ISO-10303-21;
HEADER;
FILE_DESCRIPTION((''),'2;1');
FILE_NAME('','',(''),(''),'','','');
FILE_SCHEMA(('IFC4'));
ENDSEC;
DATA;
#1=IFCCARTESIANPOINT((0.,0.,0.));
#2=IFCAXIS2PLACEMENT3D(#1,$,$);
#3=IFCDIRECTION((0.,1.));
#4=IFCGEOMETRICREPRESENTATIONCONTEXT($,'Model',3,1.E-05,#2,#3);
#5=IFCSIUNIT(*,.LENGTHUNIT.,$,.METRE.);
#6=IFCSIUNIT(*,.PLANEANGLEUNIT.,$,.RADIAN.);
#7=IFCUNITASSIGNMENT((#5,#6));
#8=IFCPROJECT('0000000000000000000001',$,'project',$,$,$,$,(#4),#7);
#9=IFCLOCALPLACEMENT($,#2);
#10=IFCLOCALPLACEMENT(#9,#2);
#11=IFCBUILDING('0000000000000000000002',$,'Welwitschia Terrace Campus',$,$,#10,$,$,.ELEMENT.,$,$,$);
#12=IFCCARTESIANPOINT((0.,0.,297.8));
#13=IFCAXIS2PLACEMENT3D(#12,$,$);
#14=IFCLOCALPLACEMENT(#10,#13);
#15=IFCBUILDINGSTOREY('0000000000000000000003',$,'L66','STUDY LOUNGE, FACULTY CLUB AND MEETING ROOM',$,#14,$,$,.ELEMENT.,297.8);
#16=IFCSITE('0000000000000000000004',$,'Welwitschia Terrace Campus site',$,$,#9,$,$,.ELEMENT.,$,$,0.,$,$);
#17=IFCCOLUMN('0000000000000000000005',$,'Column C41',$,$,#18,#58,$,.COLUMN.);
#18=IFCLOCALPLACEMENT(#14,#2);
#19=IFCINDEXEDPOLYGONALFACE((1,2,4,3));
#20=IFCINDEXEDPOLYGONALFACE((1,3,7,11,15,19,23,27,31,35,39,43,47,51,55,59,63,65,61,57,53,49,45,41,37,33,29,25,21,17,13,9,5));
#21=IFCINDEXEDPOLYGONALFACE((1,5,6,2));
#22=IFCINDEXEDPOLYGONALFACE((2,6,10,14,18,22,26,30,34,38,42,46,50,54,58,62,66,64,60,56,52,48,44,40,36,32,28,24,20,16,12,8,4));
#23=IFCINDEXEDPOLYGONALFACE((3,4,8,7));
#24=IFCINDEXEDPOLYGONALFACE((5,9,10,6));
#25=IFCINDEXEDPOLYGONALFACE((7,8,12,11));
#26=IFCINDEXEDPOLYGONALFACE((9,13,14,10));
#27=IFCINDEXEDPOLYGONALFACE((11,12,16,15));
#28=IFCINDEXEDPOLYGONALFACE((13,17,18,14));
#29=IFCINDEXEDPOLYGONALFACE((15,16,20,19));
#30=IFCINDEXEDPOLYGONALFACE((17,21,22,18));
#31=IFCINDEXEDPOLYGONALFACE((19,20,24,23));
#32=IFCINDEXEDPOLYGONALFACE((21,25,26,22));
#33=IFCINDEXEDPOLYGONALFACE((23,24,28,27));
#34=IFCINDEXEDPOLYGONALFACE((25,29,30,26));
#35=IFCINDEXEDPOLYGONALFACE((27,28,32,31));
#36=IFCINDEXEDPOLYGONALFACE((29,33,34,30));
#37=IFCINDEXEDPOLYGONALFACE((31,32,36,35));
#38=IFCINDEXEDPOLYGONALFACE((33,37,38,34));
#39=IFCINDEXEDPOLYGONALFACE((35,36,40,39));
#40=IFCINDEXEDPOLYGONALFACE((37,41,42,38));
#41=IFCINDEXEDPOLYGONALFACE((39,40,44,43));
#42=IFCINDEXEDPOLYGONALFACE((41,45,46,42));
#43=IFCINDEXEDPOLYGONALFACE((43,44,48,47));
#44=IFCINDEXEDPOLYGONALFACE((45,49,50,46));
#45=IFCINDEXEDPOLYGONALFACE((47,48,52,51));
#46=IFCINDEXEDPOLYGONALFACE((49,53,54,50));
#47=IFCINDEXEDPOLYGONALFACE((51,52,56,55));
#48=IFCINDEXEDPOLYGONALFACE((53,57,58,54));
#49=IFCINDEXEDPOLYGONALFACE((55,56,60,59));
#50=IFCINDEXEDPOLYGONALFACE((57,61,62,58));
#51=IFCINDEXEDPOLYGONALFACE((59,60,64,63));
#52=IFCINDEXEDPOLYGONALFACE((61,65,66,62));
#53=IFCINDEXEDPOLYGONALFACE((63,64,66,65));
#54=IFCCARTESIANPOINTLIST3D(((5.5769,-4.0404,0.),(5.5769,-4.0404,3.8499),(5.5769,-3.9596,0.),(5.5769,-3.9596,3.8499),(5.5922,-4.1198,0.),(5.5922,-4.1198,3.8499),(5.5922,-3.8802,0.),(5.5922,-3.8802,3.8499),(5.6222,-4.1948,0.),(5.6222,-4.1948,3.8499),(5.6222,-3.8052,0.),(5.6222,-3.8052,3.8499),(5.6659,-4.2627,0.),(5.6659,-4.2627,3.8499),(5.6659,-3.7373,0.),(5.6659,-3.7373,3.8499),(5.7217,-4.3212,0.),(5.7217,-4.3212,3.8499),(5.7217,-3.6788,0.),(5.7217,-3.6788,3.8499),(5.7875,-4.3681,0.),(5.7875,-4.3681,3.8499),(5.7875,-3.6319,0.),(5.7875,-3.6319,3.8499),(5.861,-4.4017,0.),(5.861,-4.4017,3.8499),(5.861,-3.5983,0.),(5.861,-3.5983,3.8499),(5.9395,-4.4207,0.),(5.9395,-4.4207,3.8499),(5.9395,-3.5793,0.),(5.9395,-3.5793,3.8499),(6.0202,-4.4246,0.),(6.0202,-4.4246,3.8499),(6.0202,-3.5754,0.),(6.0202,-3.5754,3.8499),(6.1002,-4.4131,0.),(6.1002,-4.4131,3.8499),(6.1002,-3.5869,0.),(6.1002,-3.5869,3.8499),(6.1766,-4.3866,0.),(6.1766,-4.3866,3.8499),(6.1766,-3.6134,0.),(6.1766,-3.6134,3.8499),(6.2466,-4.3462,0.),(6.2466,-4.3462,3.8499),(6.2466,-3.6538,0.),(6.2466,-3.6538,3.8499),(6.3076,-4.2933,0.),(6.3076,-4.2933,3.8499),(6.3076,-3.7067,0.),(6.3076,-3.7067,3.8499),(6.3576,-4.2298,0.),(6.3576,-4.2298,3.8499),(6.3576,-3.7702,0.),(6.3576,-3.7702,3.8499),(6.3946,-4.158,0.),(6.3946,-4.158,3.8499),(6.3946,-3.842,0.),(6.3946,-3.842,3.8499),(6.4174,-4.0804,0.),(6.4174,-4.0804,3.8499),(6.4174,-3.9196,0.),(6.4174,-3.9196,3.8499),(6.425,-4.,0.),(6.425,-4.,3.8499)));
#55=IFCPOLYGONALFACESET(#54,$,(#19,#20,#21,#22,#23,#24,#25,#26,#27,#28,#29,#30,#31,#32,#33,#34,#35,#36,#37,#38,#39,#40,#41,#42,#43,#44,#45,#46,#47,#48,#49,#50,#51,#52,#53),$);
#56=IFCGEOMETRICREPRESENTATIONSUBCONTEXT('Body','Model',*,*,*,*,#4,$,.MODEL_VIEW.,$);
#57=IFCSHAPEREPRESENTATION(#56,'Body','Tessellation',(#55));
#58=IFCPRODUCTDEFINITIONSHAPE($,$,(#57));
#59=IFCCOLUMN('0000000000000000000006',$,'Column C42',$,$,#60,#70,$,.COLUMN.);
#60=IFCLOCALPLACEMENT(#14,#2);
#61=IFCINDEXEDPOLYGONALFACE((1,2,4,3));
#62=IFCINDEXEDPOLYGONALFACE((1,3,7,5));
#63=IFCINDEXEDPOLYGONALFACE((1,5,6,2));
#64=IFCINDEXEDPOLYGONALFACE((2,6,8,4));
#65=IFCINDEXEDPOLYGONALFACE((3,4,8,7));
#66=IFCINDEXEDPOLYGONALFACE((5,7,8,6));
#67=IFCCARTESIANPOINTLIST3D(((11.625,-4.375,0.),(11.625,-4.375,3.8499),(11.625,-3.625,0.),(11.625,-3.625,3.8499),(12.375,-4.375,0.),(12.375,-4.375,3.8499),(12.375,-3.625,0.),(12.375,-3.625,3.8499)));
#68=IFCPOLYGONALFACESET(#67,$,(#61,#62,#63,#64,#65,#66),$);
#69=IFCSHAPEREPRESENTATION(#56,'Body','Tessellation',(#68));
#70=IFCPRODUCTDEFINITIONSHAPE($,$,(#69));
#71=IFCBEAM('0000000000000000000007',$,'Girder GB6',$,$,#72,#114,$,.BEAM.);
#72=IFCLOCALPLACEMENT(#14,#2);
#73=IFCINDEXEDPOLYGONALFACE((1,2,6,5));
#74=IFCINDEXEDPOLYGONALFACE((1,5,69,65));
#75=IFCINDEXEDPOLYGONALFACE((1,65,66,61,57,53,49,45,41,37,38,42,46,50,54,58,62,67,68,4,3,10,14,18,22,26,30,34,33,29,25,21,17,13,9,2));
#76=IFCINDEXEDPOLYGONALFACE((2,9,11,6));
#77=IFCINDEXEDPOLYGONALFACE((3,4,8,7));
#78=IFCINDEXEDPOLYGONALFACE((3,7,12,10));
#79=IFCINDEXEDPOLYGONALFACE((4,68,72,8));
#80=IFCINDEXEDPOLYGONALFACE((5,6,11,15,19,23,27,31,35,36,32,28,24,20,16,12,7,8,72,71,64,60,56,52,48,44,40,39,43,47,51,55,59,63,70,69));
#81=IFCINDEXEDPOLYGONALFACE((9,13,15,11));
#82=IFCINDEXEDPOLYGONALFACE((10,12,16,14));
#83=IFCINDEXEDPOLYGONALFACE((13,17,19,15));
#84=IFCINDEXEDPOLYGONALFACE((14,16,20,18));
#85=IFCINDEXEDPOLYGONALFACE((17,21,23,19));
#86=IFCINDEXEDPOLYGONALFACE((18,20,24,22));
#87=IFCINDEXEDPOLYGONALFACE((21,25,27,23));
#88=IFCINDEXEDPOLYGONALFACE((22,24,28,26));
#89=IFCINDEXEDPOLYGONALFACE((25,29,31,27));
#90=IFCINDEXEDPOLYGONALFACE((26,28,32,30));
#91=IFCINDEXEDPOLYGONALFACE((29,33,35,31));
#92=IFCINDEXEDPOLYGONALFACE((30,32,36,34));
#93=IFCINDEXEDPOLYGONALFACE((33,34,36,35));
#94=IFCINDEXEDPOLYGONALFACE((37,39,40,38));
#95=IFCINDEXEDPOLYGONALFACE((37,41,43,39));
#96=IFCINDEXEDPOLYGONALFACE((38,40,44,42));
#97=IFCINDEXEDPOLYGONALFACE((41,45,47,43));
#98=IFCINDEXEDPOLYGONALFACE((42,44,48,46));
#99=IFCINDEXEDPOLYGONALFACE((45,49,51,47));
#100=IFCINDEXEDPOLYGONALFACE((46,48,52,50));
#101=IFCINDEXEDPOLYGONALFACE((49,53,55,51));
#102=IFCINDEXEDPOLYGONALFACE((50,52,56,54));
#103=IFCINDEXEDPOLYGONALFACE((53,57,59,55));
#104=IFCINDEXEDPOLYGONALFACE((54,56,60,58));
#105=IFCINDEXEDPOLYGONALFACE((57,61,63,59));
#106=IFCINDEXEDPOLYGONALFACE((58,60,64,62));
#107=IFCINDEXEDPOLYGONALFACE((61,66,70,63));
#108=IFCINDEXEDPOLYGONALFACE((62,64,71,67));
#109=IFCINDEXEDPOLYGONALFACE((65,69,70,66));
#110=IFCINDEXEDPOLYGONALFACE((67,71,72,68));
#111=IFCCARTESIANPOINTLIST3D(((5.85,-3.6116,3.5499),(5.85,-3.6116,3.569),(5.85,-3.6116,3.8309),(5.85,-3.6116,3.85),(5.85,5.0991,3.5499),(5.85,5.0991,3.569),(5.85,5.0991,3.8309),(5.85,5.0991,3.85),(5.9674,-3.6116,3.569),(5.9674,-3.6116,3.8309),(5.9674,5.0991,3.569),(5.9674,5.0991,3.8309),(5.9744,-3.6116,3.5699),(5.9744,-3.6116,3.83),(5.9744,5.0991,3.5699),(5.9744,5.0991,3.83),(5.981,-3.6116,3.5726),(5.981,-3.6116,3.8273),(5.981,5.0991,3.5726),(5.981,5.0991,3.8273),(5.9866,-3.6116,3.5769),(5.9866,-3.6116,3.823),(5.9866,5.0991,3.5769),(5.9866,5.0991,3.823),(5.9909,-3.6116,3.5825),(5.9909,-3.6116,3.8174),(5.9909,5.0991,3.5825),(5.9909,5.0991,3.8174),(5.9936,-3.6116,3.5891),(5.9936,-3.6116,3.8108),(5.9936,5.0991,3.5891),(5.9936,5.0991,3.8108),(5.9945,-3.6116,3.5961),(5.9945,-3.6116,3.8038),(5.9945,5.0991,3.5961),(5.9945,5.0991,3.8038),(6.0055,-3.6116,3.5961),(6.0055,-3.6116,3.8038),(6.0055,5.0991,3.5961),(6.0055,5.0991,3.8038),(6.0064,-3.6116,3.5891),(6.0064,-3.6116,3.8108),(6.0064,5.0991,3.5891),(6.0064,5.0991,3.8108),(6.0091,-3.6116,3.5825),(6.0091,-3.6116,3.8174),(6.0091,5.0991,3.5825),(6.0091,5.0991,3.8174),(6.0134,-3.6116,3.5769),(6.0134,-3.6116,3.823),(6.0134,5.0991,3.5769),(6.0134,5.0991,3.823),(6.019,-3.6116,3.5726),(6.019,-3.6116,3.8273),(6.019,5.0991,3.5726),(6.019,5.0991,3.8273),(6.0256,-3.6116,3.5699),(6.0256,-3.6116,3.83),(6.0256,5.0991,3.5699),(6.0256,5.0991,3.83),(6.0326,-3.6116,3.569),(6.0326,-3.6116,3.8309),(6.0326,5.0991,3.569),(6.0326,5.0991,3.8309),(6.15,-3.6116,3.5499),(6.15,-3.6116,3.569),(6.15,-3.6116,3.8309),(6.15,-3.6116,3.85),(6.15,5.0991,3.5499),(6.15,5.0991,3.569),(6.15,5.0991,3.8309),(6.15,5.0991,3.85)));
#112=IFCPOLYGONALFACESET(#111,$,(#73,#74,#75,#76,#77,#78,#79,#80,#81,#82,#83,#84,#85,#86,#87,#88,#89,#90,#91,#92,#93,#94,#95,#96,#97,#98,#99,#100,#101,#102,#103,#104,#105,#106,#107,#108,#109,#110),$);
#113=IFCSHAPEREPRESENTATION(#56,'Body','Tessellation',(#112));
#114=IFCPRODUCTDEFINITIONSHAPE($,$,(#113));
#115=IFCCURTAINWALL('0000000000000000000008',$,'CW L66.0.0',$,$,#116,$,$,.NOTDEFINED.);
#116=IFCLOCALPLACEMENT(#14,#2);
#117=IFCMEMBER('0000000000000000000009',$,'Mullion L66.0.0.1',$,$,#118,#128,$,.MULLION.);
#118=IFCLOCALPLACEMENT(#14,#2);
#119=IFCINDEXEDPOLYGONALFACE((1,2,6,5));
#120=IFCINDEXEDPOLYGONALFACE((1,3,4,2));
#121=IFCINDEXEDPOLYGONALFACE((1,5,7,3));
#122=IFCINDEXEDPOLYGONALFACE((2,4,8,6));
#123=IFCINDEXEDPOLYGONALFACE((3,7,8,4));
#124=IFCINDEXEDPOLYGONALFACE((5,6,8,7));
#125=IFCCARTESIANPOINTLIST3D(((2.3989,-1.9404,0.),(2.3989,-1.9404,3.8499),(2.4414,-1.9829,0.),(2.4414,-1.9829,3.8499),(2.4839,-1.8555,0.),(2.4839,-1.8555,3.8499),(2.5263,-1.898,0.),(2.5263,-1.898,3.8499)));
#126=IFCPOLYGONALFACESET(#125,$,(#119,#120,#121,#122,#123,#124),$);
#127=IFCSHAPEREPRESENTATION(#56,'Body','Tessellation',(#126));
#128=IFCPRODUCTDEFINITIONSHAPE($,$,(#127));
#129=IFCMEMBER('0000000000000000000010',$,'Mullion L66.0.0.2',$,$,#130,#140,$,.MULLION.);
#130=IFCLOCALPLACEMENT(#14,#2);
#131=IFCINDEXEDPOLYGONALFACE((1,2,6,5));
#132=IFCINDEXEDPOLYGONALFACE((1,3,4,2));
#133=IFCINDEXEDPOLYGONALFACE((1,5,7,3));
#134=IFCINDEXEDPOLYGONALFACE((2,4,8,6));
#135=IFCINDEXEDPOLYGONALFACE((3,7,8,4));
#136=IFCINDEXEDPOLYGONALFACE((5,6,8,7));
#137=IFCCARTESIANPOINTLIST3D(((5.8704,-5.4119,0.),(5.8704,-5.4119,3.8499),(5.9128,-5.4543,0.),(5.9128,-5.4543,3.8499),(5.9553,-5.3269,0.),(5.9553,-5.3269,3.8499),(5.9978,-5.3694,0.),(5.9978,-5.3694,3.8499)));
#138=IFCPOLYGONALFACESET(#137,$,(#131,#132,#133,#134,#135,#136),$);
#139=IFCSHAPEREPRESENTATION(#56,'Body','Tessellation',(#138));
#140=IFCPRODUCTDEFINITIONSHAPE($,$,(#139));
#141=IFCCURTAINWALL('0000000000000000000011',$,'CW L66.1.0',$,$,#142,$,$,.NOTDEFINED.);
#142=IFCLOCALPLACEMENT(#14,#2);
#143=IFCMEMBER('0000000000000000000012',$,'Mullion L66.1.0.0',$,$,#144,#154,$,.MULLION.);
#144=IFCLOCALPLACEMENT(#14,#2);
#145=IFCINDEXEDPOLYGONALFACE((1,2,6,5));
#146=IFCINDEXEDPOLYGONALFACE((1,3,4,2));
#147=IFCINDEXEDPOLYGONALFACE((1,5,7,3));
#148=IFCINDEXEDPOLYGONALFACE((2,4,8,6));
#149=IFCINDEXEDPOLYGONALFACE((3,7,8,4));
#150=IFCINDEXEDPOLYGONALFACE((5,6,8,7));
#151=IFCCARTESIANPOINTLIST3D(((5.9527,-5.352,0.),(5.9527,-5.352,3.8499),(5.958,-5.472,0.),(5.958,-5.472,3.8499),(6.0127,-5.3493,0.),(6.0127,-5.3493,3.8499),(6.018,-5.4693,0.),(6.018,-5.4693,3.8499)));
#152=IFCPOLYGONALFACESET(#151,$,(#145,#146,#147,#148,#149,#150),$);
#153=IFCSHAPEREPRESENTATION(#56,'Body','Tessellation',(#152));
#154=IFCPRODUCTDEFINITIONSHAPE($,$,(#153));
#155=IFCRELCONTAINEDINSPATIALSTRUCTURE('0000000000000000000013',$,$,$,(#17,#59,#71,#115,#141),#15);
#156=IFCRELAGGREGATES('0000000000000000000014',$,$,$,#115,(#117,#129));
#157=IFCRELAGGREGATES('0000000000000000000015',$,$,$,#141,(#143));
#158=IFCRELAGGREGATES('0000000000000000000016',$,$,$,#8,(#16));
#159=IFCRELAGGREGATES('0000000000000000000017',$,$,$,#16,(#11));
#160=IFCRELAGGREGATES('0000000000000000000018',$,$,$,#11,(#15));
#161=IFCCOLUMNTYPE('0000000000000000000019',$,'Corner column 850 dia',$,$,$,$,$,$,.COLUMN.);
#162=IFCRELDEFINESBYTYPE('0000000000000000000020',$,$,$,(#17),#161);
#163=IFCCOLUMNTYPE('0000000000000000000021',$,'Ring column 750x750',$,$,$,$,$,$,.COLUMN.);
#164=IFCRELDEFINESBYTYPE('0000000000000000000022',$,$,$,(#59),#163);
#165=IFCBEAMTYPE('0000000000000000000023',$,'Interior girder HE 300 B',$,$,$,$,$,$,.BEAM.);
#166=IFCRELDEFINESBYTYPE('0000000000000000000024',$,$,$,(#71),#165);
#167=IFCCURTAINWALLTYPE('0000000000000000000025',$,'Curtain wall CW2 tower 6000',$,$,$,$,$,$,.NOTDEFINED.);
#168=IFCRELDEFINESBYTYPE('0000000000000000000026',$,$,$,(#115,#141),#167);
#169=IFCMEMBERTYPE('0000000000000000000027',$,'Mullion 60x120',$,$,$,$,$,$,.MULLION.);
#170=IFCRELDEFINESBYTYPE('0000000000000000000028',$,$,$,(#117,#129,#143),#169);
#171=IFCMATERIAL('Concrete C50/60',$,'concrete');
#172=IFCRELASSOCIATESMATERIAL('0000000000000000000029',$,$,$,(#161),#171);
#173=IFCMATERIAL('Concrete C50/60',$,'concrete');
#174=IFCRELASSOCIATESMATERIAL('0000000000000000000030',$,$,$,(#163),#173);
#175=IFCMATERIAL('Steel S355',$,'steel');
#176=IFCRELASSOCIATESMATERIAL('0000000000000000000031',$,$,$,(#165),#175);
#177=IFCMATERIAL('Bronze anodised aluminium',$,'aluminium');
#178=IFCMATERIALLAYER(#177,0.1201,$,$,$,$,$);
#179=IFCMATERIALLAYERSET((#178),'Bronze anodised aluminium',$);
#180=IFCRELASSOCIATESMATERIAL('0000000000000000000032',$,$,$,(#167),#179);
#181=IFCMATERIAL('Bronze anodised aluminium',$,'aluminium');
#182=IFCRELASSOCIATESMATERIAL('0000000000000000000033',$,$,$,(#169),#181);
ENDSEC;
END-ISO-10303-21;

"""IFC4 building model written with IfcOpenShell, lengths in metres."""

from ifc_helpers import new_model, si_unit, direction, frame, origin, origin_2d, place, context, subcontext, project, spatial, rectangle, circle, i_section, extrude, material, layer, layer_set, material_profile, profile_set, type_object, element, aggregate, save


model = new_model("IFC4")

# Units and contexts
model_context = context("Model", 3, precision=1e-05, world=origin(), true_north=direction((0.0, 1.0)))
body_context = subcontext(model_context, "Body", "Model", "MODEL_VIEW")
ifc_project = project(units=[si_unit("LENGTHUNIT", "METRE"), si_unit("PLANEANGLEUNIT", "RADIAN")], contexts=[model_context])

# Site, building, storey
site_placement = place(None, origin())
site = spatial("IfcSite", under=ifc_project, at=site_placement, Name="Welwitschia Terrace Campus site", CompositionType="ELEMENT", RefElevation=0.0)
building_placement = place(site_placement, origin())
building = spatial("IfcBuilding", under=site, at=building_placement, Name="Welwitschia Terrace Campus", CompositionType="ELEMENT")
storey_placement = place(building_placement, frame((0.0, 0.0, 297.8)))
storey = spatial("IfcBuildingStorey", under=building, at=storey_placement, Name="L66", Description="STUDY LOUNGE, FACULTY CLUB AND MEETING ROOM", CompositionType="ELEMENT", Elevation=297.8)

# Columns
ifc_material_1 = material(Name="Concrete C50/60", Category="concrete")
ifc_material_profile_1 = material_profile(ifc_material_1, circle(Radius=0.425, at=origin_2d()))
ifc_profile_set_1 = profile_set([ifc_material_profile_1], Name="Concrete C50/60")
column_type_1 = type_object("IfcColumnType", Name="Corner column 850 dia", PredefinedType="COLUMN", material=ifc_profile_set_1)
column_1_placement = place(storey_placement, frame((6.0, -4.0, 0.0), z_axis=(0.0, 0.0, 1.0), x_axis=(1.0, 0.0, 0.0)))
element("IfcColumn", 1, at=column_1_placement, inside=storey, type_object=column_type_1, Name="Column C41", PredefinedType="COLUMN", context=body_context, shape_type="SweptSolid", body=[
    extrude(circle(Radius=0.425, at=origin_2d()), origin(), (0.0, 0.0, 1.0), 3.8499),
])
ifc_material_2 = material(Name="Concrete C50/60", Category="concrete")
ifc_material_profile_2 = material_profile(ifc_material_2, rectangle(XDim=0.75, YDim=0.75, at=origin_2d()))
ifc_profile_set_2 = profile_set([ifc_material_profile_2], Name="Concrete C50/60")
column_type_2 = type_object("IfcColumnType", Name="Ring column 750x750", PredefinedType="COLUMN", material=ifc_profile_set_2)
column_2_placement = place(storey_placement, frame((12.0, -4.0, 0.0), z_axis=(0.0, 0.0, 1.0), x_axis=(1.0, 0.0, 0.0)))
element("IfcColumn", 2, at=column_2_placement, inside=storey, type_object=column_type_2, Name="Column C42", PredefinedType="COLUMN", context=body_context, shape_type="SweptSolid", body=[
    extrude(rectangle(XDim=0.75, YDim=0.75, at=origin_2d()), origin(), (0.0, 0.0, 1.0), 3.8499),
])

# Beam
ifc_material_3 = material(Name="Steel S355", Category="steel")
ifc_material_profile_3 = material_profile(ifc_material_3, i_section(OverallWidth=0.3, OverallDepth=0.3, WebThickness=0.011, FlangeThickness=0.019, FilletRadius=0.0271, at=origin_2d()))
ifc_profile_set_3 = profile_set([ifc_material_profile_3], Name="Steel S355")
beam_type_1 = type_object("IfcBeamType", Name="Interior girder HE 300 B", PredefinedType="BEAM", material=ifc_profile_set_3)
beam_1_placement = place(storey_placement, frame((6.0, -3.6116, 3.7), z_axis=(0.0, 1.0, 0.0), x_axis=(-1.0, 0.0, 0.0)))
element("IfcBeam", 3, at=beam_1_placement, inside=storey, type_object=beam_type_1, Name="Girder GB6", PredefinedType="BEAM", context=body_context, shape_type="SweptSolid", body=[
    extrude(i_section(OverallWidth=0.3, OverallDepth=0.3, WebThickness=0.011, FlangeThickness=0.019, FilletRadius=0.0271, at=origin_2d()), origin(), (0.0, 0.0, 1.0), 8.7107),
])

# Curtain wall, members
ifc_material_4 = material(Name="Bronze anodised aluminium", Category="aluminium")
ifc_layer_1 = layer(ifc_material_4, 0.1201)
ifc_layer_set_1 = layer_set([ifc_layer_1], Name="Bronze anodised aluminium")
curtain_wall_type = type_object("IfcCurtainWallType", Name="Curtain wall CW2 tower 6000", PredefinedType="NOTDEFINED", material=ifc_layer_set_1)
curtain_wall_1_placement = place(storey_placement, origin())
curtain_wall_1 = element("IfcCurtainWall", 4, at=curtain_wall_1_placement, inside=storey, type_object=curtain_wall_type, Name="CW L66.0.0", PredefinedType="NOTDEFINED")
ifc_material_5 = material(Name="Bronze anodised aluminium", Category="aluminium")
ifc_material_profile_4 = material_profile(ifc_material_5, rectangle(XDim=0.1201, YDim=0.0601, at=origin_2d()))
ifc_profile_set_4 = profile_set([ifc_material_profile_4], Name="Bronze anodised aluminium")
member_type_1 = type_object("IfcMemberType", Name="Mullion 60x120", PredefinedType="MULLION", material=ifc_profile_set_4)
member_1_placement = place(storey_placement, frame((2.4626, -1.9192, 0.0), z_axis=(0.0, 0.0, 1.0), x_axis=(0.707107, 0.707107, 0.0)))
member_1 = element("IfcMember", 5, at=member_1_placement, type_object=member_type_1, Name="Mullion L66.0.0.1", PredefinedType="MULLION", context=body_context, shape_type="SweptSolid", body=[
    extrude(rectangle(XDim=0.1201, YDim=0.0601, at=origin_2d()), origin(), (0.0, 0.0, 1.0), 3.8499),
])
member_2_placement = place(storey_placement, frame((5.9341, -5.3906, 0.0), z_axis=(0.0, 0.0, 1.0), x_axis=(0.707107, 0.707107, 0.0)))
member_2 = element("IfcMember", 6, at=member_2_placement, type_object=member_type_1, Name="Mullion L66.0.0.2", PredefinedType="MULLION", context=body_context, shape_type="SweptSolid", body=[
    extrude(rectangle(XDim=0.1201, YDim=0.0601, at=origin_2d()), origin(), (0.0, 0.0, 1.0), 3.8499),
])

# Curtain wall, member
curtain_wall_2_placement = place(storey_placement, origin())
curtain_wall_2 = element("IfcCurtainWall", 7, at=curtain_wall_2_placement, inside=storey, type_object=curtain_wall_type, Name="CW L66.1.0", PredefinedType="NOTDEFINED")
member_3_placement = place(storey_placement, frame((5.9854, -5.4106, 0.0), z_axis=(0.0, 0.0, 1.0), x_axis=(-0.043619, 0.999048, 0.0)))
member_3 = element("IfcMember", 8, at=member_3_placement, type_object=member_type_1, Name="Mullion L66.1.0.0", PredefinedType="MULLION", context=body_context, shape_type="SweptSolid", body=[
    extrude(rectangle(XDim=0.1201, YDim=0.0601, at=origin_2d()), origin(), (0.0, 0.0, 1.0), 3.8499),
])

aggregate(curtain_wall_1, [member_1, member_2])
aggregate(curtain_wall_2, [member_3])

save(model, "model.ifc")
